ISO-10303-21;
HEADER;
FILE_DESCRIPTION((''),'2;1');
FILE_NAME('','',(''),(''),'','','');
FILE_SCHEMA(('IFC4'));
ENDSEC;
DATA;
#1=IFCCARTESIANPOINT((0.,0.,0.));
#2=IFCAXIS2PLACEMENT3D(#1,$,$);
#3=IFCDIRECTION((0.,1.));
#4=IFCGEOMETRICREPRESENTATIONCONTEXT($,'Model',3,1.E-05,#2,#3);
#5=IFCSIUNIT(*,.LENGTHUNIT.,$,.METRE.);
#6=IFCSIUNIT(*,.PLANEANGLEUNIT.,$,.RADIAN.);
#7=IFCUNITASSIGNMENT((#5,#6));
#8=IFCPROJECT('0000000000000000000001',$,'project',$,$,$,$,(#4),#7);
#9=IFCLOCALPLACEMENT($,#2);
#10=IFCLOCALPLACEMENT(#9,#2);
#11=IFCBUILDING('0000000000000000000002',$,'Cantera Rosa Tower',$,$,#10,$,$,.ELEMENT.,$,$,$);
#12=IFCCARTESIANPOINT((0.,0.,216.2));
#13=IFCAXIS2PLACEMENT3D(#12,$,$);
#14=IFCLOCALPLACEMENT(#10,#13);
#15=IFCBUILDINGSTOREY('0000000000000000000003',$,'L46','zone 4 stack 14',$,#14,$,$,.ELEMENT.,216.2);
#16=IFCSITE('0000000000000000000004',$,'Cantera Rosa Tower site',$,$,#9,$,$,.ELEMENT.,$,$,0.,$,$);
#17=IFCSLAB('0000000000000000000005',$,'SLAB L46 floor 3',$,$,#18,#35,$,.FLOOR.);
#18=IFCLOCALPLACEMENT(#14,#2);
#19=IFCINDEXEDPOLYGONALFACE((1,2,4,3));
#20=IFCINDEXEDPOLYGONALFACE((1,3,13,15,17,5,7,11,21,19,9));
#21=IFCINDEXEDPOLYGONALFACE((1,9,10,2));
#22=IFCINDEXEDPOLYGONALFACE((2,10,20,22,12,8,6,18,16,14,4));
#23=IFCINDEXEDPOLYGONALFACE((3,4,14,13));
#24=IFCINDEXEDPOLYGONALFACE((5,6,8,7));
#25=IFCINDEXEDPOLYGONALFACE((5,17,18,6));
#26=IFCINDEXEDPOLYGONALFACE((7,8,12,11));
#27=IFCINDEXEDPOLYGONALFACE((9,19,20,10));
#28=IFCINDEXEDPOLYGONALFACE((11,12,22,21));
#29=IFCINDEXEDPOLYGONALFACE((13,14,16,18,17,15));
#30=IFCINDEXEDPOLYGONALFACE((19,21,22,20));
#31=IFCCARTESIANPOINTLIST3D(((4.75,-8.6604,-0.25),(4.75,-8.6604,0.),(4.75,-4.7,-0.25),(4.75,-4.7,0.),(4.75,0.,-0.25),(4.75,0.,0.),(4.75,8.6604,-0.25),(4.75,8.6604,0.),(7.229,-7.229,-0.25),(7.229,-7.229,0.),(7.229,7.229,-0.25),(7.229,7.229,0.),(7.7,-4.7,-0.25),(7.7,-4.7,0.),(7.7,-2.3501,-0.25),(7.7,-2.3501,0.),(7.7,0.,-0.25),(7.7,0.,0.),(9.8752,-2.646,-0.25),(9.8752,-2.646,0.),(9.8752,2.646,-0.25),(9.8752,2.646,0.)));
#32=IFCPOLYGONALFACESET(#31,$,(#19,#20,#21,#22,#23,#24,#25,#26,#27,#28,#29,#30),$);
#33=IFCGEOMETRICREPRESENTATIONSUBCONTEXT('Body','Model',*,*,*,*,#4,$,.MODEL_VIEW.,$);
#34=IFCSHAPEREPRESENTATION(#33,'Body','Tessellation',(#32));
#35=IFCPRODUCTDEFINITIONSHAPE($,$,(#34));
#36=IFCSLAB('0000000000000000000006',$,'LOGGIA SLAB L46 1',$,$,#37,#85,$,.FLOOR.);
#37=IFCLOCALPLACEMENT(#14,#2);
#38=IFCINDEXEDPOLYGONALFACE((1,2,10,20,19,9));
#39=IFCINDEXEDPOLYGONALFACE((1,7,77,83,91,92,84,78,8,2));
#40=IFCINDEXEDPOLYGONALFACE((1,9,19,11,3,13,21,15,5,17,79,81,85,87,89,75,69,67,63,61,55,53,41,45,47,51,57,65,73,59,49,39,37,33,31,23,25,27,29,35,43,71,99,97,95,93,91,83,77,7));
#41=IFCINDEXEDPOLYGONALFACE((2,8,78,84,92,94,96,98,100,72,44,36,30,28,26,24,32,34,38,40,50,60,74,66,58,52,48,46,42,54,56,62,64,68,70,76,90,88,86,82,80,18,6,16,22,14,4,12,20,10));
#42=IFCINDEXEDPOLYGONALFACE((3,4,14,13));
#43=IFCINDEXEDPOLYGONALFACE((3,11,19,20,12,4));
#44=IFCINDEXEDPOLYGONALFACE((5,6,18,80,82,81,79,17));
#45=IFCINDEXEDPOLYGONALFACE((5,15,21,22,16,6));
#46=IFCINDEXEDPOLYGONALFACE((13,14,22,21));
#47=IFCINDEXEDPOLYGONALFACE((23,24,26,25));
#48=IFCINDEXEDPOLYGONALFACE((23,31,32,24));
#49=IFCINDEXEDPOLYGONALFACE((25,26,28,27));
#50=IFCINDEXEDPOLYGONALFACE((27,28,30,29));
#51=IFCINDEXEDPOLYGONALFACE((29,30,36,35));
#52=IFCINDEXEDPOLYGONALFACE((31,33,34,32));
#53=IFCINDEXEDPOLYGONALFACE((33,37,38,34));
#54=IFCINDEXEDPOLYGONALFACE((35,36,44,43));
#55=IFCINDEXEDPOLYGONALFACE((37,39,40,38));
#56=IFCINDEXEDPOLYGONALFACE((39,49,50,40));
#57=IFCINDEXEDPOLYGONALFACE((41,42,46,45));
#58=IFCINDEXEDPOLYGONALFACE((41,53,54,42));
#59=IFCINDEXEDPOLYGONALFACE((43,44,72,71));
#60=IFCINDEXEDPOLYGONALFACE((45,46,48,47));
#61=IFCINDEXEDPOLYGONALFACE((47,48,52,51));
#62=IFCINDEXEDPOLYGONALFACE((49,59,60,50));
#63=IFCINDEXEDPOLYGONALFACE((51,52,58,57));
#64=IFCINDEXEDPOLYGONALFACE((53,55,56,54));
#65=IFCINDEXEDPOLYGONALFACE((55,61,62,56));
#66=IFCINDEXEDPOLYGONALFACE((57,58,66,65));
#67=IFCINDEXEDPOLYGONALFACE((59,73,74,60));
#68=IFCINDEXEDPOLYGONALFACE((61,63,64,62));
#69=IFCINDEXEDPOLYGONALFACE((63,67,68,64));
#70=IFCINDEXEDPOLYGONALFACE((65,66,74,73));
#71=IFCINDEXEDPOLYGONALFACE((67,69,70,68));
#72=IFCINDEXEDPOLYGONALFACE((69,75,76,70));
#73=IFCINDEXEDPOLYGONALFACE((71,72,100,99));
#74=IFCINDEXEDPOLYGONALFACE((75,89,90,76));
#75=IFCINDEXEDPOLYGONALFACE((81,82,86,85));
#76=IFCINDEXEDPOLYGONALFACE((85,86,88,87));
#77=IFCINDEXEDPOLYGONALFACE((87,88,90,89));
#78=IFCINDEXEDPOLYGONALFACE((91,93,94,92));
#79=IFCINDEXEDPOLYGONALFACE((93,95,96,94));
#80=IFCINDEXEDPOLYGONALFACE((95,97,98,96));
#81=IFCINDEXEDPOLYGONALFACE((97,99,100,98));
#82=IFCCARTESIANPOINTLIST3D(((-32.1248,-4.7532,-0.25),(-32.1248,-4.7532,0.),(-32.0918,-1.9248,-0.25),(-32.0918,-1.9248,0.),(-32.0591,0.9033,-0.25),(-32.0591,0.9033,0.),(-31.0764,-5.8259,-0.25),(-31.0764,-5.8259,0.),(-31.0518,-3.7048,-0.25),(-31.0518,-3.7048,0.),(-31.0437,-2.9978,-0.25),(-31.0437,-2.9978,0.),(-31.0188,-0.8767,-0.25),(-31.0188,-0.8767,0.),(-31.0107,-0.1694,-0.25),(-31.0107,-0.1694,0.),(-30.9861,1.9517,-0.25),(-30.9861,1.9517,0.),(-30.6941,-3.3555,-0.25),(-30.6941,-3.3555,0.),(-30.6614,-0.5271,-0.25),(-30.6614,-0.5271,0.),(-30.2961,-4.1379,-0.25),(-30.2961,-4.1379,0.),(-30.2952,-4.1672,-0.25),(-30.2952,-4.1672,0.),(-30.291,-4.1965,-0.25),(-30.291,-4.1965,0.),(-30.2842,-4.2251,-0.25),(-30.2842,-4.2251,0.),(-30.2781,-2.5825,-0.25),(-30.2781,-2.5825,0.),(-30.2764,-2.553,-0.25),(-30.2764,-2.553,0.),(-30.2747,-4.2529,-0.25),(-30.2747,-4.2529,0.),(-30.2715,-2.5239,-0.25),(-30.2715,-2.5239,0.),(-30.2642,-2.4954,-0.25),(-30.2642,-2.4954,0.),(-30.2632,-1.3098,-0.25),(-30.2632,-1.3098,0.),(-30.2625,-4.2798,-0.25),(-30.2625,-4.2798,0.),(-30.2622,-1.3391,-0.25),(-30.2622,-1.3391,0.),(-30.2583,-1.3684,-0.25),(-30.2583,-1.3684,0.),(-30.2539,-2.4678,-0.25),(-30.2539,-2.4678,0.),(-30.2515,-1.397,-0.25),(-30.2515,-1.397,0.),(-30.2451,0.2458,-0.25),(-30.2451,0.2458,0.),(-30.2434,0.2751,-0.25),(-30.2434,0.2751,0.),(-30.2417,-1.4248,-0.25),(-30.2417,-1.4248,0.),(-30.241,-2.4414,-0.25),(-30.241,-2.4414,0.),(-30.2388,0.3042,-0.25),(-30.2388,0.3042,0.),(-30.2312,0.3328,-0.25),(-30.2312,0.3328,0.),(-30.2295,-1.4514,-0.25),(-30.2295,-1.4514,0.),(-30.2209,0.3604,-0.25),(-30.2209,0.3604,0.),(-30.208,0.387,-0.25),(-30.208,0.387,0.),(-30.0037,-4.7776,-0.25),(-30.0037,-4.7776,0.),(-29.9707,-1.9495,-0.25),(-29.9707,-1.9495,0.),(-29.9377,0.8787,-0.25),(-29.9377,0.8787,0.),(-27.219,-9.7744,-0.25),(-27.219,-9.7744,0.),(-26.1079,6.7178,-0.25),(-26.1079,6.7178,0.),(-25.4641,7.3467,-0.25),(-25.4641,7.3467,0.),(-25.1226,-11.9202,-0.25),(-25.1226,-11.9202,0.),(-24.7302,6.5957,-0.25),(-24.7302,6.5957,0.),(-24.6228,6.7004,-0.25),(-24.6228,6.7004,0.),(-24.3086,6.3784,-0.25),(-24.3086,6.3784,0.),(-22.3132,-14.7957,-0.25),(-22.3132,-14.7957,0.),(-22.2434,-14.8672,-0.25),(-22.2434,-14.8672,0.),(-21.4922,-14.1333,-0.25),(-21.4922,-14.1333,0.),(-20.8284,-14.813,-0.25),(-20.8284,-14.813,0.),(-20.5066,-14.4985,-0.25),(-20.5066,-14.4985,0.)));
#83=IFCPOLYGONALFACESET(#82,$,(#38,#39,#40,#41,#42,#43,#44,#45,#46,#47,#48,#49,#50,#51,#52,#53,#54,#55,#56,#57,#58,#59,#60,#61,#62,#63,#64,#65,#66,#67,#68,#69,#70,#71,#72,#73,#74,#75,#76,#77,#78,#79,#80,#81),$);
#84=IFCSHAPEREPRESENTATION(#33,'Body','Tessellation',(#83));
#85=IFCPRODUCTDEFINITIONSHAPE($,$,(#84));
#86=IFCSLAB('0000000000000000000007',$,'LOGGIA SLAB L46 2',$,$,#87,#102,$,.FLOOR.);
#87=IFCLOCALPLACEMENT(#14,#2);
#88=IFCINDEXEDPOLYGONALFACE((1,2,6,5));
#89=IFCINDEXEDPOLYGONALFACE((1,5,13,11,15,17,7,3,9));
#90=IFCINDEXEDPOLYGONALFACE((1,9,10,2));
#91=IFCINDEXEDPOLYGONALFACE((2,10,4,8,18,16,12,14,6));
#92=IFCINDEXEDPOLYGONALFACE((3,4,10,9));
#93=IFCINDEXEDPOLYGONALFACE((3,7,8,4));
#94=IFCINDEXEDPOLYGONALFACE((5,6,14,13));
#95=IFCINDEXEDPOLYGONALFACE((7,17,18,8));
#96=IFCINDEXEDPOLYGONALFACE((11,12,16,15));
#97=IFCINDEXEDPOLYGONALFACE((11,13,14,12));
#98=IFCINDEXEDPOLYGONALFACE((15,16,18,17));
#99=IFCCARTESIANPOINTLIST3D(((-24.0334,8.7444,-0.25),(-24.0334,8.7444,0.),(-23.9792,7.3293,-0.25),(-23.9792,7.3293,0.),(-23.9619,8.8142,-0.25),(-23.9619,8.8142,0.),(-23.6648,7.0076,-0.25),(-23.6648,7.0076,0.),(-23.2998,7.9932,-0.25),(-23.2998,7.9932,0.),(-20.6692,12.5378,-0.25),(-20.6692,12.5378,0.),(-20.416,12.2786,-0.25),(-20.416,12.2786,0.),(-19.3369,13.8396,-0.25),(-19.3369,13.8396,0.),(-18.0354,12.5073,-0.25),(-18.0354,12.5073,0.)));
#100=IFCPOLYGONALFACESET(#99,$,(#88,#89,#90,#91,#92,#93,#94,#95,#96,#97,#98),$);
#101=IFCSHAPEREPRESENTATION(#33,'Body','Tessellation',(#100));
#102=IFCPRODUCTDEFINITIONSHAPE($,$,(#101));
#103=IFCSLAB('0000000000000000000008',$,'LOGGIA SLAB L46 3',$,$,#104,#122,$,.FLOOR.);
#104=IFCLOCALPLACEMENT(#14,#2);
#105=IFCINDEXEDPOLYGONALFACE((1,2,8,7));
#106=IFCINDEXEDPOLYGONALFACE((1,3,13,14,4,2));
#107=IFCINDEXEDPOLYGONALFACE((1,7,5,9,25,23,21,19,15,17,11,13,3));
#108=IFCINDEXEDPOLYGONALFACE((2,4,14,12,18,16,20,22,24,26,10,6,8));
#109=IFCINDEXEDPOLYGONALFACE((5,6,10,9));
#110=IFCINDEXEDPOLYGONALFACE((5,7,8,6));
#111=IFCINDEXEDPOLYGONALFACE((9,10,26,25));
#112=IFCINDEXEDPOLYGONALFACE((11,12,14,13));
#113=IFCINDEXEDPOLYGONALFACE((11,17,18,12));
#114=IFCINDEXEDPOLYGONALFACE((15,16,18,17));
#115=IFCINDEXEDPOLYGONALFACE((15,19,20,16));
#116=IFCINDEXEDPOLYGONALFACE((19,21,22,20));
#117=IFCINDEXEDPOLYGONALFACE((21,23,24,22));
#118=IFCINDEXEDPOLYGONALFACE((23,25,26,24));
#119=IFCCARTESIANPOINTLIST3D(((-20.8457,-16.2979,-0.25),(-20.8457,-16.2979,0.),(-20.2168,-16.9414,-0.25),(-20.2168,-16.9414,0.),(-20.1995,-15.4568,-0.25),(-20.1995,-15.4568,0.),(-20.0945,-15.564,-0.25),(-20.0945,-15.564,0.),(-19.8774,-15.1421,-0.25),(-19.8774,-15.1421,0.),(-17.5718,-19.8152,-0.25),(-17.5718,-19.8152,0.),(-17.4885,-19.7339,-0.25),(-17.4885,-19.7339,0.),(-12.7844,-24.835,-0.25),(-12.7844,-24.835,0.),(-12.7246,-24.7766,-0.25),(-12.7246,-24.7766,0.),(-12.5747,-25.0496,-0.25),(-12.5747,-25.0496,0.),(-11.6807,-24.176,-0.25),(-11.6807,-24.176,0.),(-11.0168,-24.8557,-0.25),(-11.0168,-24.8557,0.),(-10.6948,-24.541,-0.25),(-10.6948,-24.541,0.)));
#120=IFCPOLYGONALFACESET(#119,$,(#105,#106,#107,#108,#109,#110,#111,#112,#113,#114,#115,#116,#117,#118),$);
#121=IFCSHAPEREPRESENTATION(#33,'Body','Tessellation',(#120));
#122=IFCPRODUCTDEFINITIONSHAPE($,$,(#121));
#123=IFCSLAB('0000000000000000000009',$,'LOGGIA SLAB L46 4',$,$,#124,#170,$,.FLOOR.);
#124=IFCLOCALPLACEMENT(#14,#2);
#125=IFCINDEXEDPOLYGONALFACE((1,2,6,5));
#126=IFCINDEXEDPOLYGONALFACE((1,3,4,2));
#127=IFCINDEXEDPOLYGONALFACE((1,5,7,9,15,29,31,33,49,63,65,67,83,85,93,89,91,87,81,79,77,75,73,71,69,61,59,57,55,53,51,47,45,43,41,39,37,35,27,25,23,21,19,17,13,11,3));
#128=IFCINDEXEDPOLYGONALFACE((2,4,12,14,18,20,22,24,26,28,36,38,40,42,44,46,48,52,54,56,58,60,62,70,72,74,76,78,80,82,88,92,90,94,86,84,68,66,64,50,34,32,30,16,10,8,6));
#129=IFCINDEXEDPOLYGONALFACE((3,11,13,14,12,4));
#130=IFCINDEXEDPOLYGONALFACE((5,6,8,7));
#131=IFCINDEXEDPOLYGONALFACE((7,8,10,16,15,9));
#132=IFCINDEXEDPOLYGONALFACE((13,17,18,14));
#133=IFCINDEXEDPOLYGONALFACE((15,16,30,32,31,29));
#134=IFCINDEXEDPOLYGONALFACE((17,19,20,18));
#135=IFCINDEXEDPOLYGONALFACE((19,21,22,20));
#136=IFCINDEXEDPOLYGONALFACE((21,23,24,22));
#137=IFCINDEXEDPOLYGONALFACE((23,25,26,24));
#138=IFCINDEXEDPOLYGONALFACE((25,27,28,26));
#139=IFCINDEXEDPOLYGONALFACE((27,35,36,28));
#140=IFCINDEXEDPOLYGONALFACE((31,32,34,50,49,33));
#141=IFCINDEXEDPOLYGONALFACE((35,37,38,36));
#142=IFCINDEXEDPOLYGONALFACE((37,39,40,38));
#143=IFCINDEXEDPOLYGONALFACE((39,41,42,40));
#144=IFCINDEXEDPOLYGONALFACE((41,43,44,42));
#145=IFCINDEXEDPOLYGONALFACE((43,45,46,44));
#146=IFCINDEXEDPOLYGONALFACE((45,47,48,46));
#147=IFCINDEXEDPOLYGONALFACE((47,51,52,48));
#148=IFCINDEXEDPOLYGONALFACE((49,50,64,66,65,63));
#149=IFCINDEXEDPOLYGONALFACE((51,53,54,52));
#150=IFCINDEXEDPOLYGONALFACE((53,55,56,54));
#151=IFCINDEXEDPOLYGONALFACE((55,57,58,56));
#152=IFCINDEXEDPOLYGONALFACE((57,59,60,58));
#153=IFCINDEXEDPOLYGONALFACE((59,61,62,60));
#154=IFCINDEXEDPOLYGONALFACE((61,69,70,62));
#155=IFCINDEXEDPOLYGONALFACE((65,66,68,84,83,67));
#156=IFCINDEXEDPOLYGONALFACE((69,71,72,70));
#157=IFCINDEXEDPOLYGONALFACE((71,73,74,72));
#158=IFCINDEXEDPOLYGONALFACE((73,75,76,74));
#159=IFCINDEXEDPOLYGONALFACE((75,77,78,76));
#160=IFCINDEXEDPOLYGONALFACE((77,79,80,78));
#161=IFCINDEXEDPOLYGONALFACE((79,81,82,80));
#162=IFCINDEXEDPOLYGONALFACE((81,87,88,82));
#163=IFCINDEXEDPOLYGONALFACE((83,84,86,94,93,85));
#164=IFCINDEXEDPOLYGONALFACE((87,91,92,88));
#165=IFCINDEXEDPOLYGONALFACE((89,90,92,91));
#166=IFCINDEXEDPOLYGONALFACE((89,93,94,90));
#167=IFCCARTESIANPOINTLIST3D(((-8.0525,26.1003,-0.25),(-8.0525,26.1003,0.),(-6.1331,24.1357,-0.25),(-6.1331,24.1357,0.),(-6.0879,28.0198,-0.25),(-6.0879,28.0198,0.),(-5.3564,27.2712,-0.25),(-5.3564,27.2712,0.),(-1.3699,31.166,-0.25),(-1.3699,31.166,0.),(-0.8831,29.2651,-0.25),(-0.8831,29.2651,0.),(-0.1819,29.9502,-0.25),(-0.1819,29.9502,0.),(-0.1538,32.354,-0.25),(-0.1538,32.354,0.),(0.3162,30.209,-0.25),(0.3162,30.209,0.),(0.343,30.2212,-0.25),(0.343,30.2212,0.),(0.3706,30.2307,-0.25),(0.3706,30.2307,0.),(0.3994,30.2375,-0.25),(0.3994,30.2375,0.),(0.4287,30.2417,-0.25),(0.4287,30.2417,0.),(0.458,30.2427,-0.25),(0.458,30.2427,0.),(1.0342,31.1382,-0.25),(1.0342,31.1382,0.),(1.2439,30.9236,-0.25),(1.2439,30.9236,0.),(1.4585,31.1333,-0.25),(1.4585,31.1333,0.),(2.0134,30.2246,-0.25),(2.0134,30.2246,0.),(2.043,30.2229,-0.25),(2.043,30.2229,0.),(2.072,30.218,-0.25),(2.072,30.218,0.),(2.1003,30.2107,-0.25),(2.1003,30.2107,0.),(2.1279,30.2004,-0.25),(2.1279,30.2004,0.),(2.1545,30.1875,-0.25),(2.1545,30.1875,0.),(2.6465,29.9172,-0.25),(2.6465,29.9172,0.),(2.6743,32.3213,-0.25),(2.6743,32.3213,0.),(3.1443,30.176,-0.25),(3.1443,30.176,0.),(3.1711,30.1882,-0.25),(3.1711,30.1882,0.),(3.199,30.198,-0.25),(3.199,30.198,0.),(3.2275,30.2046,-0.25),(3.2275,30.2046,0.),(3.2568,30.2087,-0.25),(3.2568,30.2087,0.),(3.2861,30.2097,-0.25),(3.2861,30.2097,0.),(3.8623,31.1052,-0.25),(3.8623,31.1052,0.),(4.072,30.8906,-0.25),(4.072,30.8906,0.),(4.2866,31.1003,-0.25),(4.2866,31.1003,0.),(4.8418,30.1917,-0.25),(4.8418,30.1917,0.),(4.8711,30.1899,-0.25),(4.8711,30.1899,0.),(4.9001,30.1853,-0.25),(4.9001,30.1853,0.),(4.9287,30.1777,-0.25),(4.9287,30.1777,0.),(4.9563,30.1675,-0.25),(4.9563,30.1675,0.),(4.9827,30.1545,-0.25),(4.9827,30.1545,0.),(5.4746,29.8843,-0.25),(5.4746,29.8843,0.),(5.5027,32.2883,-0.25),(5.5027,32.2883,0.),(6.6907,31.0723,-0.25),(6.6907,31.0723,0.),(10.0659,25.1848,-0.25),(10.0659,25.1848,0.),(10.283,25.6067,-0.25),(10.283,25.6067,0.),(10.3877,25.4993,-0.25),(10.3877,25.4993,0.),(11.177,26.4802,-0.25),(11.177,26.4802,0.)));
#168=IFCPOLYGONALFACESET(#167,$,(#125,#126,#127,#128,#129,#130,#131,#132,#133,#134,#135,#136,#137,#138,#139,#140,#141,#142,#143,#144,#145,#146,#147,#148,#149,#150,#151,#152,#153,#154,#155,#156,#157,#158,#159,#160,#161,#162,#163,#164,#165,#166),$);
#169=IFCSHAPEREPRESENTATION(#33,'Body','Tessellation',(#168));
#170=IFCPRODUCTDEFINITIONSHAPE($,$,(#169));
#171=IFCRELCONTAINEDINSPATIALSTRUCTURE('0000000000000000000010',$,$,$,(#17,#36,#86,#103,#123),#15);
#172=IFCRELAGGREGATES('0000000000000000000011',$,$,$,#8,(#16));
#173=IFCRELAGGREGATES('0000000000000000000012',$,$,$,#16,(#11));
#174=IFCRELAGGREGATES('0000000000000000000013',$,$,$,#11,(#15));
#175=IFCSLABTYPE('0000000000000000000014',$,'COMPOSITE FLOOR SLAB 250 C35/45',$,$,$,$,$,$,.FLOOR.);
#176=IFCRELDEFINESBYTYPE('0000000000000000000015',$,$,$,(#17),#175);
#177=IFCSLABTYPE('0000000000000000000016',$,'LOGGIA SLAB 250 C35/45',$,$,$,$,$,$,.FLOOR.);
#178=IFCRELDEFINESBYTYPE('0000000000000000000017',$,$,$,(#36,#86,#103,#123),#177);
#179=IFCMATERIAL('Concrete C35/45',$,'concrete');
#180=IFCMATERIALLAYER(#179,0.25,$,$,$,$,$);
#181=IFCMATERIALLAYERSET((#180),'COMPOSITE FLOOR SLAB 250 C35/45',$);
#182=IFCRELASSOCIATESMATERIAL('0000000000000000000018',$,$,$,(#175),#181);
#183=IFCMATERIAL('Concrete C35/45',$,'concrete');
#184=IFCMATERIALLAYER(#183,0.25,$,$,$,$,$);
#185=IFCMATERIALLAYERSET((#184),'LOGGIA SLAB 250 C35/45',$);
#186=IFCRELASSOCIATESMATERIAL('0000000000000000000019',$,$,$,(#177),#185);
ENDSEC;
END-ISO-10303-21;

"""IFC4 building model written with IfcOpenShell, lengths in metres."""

from ifc_helpers import new_model, si_unit, direction, frame, origin, place, context, subcontext, project, spatial, polyline, outline, extrude, material, layer, layer_set, type_object, element, save


model = new_model("IFC4")

# Units and contexts
model_context = context("Model", 3, precision=1e-05, world=origin(), true_north=direction((0.0, 1.0)))
body_context = subcontext(model_context, "Body", "Model", "MODEL_VIEW")
ifc_project = project(units=[si_unit("LENGTHUNIT", "METRE"), si_unit("PLANEANGLEUNIT", "RADIAN")], contexts=[model_context])

# Site, building, storey
site_placement = place(None, origin())
site = spatial("IfcSite", under=ifc_project, at=site_placement, Name="Cantera Rosa Tower site", CompositionType="ELEMENT", RefElevation=0.0)
building_placement = place(site_placement, origin())
building = spatial("IfcBuilding", under=site, at=building_placement, Name="Cantera Rosa Tower", CompositionType="ELEMENT")
storey_placement = place(building_placement, frame((0.0, 0.0, 216.2)))
storey = spatial("IfcBuildingStorey", under=building, at=storey_placement, Name="L46", Description="zone 4 stack 14", CompositionType="ELEMENT", Elevation=216.2)

# Slabs
ifc_material_1 = material(Name="Concrete C35/45", Category="concrete")
ifc_layer_1 = layer(ifc_material_1, 0.25)
ifc_layer_set_1 = layer_set([ifc_layer_1], Name="COMPOSITE FLOOR SLAB 250 C35/45")
slab_type_1 = type_object("IfcSlabType", Name="COMPOSITE FLOOR SLAB 250 C35/45", PredefinedType="FLOOR", material=ifc_layer_set_1)
slab_1_placement = place(storey_placement, frame((0.0, 0.0, -0.25)))
element("IfcSlab", 1, at=slab_1_placement, inside=storey, type_object=slab_type_1, Name="SLAB L46 floor 3", PredefinedType="FLOOR", context=body_context, shape_type="SweptSolid", body=[
    extrude(outline(polyline([(7.7, 0.0), (4.75, 0.0), (4.75, 8.6604), (7.229, 7.229), (9.8752, 2.646), (9.8752, -2.646), (7.229, -7.229), (4.75, -8.6604), (4.75, -4.7), (7.7, -4.7), (7.7, -2.3501), (7.7, 0.0)])), origin(), (0.0, 0.0, 1.0), 0.25),
])
ifc_material_2 = material(Name="Concrete C35/45", Category="concrete")
ifc_layer_2 = layer(ifc_material_2, 0.25)
ifc_layer_set_2 = layer_set([ifc_layer_2], Name="LOGGIA SLAB 250 C35/45")
slab_type_2 = type_object("IfcSlabType", Name="LOGGIA SLAB 250 C35/45", PredefinedType="FLOOR", material=ifc_layer_set_2)
slab_2_placement = place(storey_placement, frame((0.0, 0.0, -0.25)))
element("IfcSlab", 2, at=slab_2_placement, inside=storey, type_object=slab_type_2, Name="LOGGIA SLAB L46 1", PredefinedType="FLOOR", context=body_context, shape_type="SweptSolid", body=[
    extrude(outline(polyline([(-31.0518, -3.7048), (-30.6941, -3.3555), (-31.0437, -2.9978), (-32.0918, -1.9248), (-31.0188, -0.8767), (-30.6614, -0.5271), (-31.0107, -0.1694), (-32.0591, 0.9033), (-30.9861, 1.9517), (-26.1079, 6.7178), (-25.4641, 7.3467), (-24.7302, 6.5957), (-24.6228, 6.7004), (-24.3086, 6.3784), (-29.9377, 0.8787), (-30.208, 0.387), (-30.2209, 0.3604), (-30.2312, 0.3328), (-30.2388, 0.3042), (-30.2434, 0.2751), (-30.2451, 0.2458), (-30.2632, -1.3098), (-30.2622, -1.3391), (-30.2583, -1.3684), (-30.2515, -1.397), (-30.2417, -1.4248), (-30.2295, -1.4514), (-29.9707, -1.9495), (-30.241, -2.4414), (-30.2539, -2.4678), (-30.2642, -2.4954), (-30.2715, -2.5239), (-30.2764, -2.553), (-30.2781, -2.5825), (-30.2961, -4.1379), (-30.2952, -4.1672), (-30.291, -4.1965), (-30.2842, -4.2251), (-30.2747, -4.2529), (-30.2625, -4.2798), (-30.0037, -4.7776), (-20.5066, -14.4985), (-20.8284, -14.813), (-21.4922, -14.1333), (-22.2434, -14.8672), (-22.3132, -14.7957), (-25.1226, -11.9202), (-27.219, -9.7744), (-31.0764, -5.8259), (-32.1248, -4.7532), (-31.0518, -3.7048)])), origin(), (0.0, 0.0, 1.0), 0.25),
])
slab_3_placement = place(storey_placement, frame((0.0, 0.0, -0.25)))
element("IfcSlab", 3, at=slab_3_placement, inside=storey, type_object=slab_type_2, Name="LOGGIA SLAB L46 2", PredefinedType="FLOOR", context=body_context, shape_type="SweptSolid", body=[
    extrude(outline(polyline([(-23.6648, 7.0076), (-23.9792, 7.3293), (-23.2998, 7.9932), (-24.0334, 8.7444), (-23.9619, 8.8142), (-20.416, 12.2786), (-20.6692, 12.5378), (-19.3369, 13.8396), (-18.0354, 12.5073), (-23.6648, 7.0076)])), origin(), (0.0, 0.0, 1.0), 0.25),
])
slab_4_placement = place(storey_placement, frame((0.0, 0.0, -0.25)))
element("IfcSlab", 4, at=slab_4_placement, inside=storey, type_object=slab_type_2, Name="LOGGIA SLAB L46 3", PredefinedType="FLOOR", context=body_context, shape_type="SweptSolid", body=[
    extrude(outline(polyline([(-20.8457, -16.2979), (-20.0945, -15.564), (-20.1995, -15.4568), (-19.8774, -15.1421), (-10.6948, -24.541), (-11.0168, -24.8557), (-11.6807, -24.176), (-12.5747, -25.0496), (-12.7844, -24.835), (-12.7246, -24.7766), (-17.5718, -19.8152), (-17.4885, -19.7339), (-20.2168, -16.9414), (-20.8457, -16.2979)])), origin(), (0.0, 0.0, 1.0), 0.25),
])
slab_5_placement = place(storey_placement, frame((0.0, 0.0, -0.25)))
element("IfcSlab", 5, at=slab_5_placement, inside=storey, type_object=slab_type_2, Name="LOGGIA SLAB L46 4", PredefinedType="FLOOR", context=body_context, shape_type="SweptSolid", body=[
    extrude(outline(polyline([(1.2439, 30.9236), (1.4585, 31.1333), (2.6743, 32.3213), (3.8623, 31.1052), (4.072, 30.8906), (4.2866, 31.1003), (5.5027, 32.2883), (6.6907, 31.0723), (11.177, 26.4802), (10.283, 25.6067), (10.3877, 25.4993), (10.0659, 25.1848), (5.4746, 29.8843), (4.9827, 30.1545), (4.9563, 30.1675), (4.9287, 30.1777), (4.9001, 30.1853), (4.8711, 30.1899), (4.8418, 30.1917), (3.2861, 30.2097), (3.2568, 30.2087), (3.2275, 30.2046), (3.199, 30.198), (3.1711, 30.1882), (3.1443, 30.176), (2.6465, 29.9172), (2.1545, 30.1875), (2.1279, 30.2004), (2.1003, 30.2107), (2.072, 30.218), (2.043, 30.2229), (2.0134, 30.2246), (0.458, 30.2427), (0.4287, 30.2417), (0.3994, 30.2375), (0.3706, 30.2307), (0.343, 30.2212), (0.3162, 30.209), (-0.1819, 29.9502), (-0.8831, 29.2651), (-6.1331, 24.1357), (-8.0525, 26.1003), (-6.0879, 28.0198), (-5.3564, 27.2712), (-1.3699, 31.166), (-0.1538, 32.354), (1.0342, 31.1382), (1.2439, 30.9236)])), origin(), (0.0, 0.0, 1.0), 0.25),
])

save(model, "model.ifc")
